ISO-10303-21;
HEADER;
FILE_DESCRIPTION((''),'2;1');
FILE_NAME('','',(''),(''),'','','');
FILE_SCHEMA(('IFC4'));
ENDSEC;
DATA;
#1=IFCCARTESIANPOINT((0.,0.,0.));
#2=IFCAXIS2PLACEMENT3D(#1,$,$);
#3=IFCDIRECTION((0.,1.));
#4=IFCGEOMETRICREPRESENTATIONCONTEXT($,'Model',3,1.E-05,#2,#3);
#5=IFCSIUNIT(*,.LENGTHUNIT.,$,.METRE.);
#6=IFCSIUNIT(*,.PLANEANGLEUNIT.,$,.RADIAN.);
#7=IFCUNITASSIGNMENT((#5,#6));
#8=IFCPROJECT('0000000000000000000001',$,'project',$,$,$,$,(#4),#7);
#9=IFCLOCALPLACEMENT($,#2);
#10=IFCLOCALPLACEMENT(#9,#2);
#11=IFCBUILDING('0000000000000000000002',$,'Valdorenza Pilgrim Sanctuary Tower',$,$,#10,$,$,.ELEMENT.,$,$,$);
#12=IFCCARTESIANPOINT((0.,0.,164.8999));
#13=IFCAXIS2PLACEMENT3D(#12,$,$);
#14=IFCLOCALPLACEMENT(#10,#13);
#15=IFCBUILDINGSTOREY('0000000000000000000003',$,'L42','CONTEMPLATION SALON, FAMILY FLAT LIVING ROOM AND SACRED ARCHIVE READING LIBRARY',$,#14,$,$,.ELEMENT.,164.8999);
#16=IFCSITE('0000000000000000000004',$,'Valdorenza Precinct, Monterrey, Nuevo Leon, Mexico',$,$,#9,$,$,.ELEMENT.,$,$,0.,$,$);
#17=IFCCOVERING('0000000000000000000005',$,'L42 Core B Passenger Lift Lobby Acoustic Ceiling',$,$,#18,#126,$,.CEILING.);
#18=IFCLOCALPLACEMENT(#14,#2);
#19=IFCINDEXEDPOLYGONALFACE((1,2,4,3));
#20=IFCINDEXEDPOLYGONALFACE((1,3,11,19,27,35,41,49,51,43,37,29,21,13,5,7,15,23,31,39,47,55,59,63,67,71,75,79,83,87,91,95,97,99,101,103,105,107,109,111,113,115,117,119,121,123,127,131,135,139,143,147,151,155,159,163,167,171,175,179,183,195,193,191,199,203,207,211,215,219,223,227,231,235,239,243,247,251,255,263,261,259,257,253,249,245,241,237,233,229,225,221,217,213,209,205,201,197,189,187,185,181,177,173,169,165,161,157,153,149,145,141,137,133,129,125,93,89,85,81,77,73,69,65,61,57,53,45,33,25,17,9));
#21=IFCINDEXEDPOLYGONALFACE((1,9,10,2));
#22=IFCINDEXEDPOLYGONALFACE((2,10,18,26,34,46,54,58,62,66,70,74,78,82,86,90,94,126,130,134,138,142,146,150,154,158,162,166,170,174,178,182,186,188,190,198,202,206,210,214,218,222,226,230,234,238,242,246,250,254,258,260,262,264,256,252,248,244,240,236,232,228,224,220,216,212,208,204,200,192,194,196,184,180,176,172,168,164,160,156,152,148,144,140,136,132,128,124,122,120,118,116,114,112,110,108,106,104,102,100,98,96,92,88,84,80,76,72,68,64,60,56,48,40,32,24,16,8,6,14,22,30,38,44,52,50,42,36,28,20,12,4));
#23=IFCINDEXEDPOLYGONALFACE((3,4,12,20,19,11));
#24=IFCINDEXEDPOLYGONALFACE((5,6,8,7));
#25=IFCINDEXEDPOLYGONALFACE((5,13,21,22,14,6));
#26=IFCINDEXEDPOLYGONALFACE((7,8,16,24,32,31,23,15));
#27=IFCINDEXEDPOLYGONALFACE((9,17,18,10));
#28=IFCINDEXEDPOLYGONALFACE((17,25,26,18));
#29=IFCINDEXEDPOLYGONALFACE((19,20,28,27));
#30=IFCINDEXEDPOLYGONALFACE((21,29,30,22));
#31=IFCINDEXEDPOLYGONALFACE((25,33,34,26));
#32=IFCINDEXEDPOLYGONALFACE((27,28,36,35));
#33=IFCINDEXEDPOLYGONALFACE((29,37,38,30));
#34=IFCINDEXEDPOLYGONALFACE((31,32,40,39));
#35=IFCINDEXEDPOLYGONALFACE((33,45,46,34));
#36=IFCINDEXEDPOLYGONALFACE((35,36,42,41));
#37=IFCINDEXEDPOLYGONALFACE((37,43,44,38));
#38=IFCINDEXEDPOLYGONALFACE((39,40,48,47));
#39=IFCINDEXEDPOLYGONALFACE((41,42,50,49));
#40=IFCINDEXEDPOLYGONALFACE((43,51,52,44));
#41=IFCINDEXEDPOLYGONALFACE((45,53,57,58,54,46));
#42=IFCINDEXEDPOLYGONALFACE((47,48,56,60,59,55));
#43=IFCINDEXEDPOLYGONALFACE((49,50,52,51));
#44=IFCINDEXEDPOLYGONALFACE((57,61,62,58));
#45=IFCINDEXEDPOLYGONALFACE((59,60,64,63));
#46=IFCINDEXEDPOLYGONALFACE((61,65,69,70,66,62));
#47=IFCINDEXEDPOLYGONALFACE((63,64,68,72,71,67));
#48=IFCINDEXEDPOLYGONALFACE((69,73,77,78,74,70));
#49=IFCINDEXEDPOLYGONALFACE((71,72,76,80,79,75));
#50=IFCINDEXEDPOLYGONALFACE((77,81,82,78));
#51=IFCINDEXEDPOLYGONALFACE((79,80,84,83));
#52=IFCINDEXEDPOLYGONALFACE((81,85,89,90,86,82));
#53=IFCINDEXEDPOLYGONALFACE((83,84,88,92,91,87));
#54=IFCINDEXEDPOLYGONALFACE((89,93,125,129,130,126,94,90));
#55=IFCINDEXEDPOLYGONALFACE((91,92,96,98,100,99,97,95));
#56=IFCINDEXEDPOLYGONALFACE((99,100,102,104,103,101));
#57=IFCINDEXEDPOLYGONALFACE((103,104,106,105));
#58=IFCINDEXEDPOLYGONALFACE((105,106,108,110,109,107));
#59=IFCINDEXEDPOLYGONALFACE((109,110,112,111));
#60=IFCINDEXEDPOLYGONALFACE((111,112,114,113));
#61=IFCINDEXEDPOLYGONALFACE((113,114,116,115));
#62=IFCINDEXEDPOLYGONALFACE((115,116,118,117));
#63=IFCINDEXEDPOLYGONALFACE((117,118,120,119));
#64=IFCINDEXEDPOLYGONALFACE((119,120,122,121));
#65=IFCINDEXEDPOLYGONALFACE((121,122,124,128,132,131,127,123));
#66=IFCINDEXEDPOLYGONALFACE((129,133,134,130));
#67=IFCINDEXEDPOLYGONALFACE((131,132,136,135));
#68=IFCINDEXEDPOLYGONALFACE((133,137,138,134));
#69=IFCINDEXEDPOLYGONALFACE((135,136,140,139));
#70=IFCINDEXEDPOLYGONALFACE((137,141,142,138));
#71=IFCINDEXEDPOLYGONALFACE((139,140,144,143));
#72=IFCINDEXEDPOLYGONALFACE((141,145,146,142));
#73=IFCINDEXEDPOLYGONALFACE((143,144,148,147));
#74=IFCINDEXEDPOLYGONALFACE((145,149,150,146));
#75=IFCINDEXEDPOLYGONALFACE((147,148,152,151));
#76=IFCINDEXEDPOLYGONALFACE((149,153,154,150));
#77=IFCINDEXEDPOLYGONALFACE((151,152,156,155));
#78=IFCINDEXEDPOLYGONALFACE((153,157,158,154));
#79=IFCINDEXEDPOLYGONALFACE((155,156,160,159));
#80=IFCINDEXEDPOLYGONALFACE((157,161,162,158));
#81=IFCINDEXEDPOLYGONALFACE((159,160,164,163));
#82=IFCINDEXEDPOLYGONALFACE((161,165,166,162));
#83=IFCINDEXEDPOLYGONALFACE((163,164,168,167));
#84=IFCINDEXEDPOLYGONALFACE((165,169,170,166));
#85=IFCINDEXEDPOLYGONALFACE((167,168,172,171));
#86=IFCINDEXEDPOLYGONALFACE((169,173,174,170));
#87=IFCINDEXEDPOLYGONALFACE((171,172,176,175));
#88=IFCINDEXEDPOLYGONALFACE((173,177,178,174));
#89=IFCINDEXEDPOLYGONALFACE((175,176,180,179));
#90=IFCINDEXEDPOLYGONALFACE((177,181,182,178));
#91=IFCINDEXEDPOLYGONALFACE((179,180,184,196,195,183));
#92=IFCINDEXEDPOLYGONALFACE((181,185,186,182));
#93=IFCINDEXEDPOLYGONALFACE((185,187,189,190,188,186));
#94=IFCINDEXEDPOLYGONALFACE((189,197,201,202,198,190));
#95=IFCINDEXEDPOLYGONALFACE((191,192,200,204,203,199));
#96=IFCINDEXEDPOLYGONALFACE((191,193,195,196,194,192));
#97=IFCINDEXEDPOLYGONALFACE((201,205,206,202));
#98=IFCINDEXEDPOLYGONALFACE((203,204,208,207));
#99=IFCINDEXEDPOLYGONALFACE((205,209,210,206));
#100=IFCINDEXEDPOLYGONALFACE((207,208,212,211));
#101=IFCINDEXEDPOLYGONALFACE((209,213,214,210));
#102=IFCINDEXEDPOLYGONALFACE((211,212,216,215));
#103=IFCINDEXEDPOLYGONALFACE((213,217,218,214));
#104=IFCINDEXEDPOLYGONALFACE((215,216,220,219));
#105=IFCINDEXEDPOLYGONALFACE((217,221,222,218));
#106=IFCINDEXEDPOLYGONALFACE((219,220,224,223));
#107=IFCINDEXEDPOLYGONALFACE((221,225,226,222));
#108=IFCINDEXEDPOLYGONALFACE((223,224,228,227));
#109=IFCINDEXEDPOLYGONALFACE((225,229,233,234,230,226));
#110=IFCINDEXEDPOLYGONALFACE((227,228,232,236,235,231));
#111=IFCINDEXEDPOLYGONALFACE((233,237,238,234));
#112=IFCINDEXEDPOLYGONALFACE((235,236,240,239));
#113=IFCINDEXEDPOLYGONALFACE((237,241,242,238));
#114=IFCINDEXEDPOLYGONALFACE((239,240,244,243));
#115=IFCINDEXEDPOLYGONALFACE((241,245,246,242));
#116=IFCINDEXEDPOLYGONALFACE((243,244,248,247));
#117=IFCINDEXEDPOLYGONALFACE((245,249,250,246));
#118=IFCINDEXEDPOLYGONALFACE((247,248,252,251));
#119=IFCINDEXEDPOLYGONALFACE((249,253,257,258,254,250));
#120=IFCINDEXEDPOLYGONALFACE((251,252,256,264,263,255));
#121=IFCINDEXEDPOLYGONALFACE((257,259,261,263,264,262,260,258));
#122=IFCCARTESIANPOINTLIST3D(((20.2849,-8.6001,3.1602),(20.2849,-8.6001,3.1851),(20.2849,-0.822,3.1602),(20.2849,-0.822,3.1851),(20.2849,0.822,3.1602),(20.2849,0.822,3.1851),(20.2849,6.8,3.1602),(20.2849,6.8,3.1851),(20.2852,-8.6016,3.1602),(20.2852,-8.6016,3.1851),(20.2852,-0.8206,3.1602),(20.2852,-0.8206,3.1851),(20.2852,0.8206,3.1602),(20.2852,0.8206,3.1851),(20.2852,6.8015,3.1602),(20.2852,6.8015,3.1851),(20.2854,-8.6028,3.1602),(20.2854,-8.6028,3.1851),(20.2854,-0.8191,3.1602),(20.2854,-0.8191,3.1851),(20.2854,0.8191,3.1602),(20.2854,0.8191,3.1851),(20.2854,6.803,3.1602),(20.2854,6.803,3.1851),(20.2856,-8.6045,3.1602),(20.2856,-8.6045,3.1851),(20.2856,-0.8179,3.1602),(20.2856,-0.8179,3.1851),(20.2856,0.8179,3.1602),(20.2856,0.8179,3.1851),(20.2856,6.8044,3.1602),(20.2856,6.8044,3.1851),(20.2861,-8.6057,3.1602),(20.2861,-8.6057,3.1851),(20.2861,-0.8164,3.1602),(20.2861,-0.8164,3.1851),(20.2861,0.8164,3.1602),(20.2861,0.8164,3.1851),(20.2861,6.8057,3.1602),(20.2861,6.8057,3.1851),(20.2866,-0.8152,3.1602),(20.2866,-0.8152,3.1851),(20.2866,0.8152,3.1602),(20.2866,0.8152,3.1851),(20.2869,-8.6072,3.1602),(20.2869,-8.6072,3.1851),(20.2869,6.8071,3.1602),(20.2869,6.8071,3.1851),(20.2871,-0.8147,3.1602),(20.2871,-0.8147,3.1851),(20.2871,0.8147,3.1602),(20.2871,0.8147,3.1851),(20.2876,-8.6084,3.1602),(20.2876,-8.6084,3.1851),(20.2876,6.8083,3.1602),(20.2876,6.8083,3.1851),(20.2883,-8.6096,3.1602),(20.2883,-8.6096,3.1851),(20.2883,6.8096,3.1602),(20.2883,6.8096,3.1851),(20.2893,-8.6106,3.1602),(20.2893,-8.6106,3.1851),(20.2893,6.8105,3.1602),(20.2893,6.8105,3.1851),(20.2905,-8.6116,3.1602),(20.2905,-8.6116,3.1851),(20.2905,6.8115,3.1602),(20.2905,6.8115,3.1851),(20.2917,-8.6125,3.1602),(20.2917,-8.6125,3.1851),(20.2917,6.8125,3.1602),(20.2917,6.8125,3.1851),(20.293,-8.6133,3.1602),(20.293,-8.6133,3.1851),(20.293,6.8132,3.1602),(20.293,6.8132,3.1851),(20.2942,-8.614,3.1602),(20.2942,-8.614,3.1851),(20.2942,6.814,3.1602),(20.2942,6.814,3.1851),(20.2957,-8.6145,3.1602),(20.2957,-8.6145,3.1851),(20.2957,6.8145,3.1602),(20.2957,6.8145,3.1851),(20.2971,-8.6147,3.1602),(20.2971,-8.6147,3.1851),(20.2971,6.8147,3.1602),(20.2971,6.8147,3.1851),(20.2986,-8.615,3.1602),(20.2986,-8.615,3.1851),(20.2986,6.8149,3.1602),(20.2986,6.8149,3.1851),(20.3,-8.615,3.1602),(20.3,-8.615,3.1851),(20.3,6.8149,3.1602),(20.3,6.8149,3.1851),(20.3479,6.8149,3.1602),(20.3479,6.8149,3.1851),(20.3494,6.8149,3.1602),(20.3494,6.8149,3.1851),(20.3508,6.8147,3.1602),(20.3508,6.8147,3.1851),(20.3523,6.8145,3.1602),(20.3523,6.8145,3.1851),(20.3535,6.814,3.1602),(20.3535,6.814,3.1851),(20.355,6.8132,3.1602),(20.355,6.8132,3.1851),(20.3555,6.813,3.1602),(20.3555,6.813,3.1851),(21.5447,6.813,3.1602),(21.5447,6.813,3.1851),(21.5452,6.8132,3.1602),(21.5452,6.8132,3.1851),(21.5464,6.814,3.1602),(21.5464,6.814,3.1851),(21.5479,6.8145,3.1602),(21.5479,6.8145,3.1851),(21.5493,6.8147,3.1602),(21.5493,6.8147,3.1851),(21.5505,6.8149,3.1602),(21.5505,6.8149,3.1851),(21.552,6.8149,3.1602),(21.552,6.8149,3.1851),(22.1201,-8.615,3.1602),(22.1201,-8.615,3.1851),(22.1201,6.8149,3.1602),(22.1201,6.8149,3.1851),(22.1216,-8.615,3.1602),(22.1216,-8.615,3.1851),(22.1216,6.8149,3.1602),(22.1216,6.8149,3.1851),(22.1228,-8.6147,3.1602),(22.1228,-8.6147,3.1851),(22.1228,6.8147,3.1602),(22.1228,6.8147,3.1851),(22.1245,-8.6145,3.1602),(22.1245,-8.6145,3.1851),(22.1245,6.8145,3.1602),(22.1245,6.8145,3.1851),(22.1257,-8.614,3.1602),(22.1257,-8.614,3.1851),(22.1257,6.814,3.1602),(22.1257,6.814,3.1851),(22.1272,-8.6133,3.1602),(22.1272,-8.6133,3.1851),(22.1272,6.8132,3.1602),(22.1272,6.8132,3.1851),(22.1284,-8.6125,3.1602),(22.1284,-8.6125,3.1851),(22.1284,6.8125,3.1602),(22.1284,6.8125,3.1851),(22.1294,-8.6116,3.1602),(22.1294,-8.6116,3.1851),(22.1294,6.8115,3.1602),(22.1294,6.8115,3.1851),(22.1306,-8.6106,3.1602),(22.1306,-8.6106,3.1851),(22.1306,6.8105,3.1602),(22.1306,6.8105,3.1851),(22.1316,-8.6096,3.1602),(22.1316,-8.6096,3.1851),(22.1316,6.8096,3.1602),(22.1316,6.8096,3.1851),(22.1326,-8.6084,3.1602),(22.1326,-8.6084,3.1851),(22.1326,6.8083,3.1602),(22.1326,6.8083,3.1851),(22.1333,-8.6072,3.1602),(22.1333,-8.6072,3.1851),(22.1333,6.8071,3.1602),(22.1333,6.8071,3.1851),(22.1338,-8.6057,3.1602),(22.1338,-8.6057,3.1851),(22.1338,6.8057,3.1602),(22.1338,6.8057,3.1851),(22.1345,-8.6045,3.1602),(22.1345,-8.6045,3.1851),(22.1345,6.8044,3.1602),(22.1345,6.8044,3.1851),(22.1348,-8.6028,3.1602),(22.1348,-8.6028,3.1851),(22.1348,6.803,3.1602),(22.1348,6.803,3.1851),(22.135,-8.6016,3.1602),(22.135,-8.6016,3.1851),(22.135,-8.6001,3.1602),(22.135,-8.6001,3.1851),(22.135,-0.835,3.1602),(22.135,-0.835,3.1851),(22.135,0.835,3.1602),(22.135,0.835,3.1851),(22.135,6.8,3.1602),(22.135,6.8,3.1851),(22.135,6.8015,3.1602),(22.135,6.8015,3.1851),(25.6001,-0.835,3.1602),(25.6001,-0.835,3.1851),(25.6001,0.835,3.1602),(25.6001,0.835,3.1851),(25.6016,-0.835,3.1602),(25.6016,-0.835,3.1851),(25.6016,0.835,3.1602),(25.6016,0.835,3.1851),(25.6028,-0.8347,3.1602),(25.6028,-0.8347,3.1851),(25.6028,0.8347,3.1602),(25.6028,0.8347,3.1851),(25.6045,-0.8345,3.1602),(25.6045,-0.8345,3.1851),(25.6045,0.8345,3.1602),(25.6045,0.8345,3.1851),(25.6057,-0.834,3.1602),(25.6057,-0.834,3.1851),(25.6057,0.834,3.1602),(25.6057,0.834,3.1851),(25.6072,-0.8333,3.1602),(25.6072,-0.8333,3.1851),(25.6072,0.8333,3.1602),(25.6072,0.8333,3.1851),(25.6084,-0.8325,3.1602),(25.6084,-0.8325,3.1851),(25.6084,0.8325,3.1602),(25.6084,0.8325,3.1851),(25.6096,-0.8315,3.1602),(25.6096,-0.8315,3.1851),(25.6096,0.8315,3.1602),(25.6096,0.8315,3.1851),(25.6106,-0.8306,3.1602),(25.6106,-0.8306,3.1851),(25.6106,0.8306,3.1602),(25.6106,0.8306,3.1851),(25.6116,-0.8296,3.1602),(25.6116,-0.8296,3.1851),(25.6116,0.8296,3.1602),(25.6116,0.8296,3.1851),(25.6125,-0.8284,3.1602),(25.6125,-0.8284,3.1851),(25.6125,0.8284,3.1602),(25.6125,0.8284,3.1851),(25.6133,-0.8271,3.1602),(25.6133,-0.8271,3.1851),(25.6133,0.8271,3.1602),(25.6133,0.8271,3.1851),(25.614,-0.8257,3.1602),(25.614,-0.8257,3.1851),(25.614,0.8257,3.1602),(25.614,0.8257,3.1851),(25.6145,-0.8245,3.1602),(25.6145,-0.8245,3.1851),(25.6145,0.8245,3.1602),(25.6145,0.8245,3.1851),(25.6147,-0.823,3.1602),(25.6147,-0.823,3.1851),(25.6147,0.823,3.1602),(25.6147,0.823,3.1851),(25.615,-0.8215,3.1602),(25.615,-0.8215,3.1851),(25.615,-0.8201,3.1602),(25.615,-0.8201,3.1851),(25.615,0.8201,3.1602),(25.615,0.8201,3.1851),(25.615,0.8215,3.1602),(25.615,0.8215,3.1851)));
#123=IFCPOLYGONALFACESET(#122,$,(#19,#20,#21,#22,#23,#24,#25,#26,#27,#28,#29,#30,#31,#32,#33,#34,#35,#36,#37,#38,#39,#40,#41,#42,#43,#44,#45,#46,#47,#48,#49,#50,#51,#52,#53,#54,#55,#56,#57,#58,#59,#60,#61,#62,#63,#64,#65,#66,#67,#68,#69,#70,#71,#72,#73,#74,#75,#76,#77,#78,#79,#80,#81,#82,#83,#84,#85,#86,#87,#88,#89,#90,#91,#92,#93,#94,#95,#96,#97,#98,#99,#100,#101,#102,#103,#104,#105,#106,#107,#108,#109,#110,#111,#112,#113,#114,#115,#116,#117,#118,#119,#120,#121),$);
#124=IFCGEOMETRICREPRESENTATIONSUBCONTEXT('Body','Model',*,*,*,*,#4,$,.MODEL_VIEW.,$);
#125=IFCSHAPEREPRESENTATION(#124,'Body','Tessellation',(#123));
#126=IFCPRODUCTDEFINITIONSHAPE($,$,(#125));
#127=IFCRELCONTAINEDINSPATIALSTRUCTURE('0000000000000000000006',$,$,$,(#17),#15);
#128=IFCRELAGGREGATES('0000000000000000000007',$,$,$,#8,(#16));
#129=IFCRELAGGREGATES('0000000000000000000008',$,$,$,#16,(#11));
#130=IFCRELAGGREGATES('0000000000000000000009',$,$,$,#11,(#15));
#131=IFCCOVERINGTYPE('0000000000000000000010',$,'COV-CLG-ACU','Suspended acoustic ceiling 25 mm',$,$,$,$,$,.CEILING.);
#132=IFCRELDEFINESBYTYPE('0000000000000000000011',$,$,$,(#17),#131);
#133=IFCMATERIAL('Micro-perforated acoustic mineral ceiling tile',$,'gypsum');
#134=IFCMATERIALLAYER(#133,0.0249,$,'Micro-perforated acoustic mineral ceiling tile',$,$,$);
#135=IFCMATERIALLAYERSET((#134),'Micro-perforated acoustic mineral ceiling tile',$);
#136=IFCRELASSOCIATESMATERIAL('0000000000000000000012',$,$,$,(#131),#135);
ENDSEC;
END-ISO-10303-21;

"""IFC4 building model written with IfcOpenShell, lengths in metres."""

from ifc_helpers import new_model, si_unit, direction, frame, origin, place, context, subcontext, project, spatial, polyline, outline, extrude, material, layer, layer_set, type_object, element, save


model = new_model("IFC4")

# Units and contexts
model_context = context("Model", 3, precision=1e-05, world=origin(), true_north=direction((0.0, 1.0)))
body_context = subcontext(model_context, "Body", "Model", "MODEL_VIEW")
ifc_project = project(units=[si_unit("LENGTHUNIT", "METRE"), si_unit("PLANEANGLEUNIT", "RADIAN")], contexts=[model_context])

# Site, building, storey
site_placement = place(None, origin())
site = spatial("IfcSite", under=ifc_project, at=site_placement, Name="Valdorenza Precinct, Monterrey, Nuevo Leon, Mexico", CompositionType="ELEMENT", RefElevation=0.0)
building_placement = place(site_placement, origin())
building = spatial("IfcBuilding", under=site, at=building_placement, Name="Valdorenza Pilgrim Sanctuary Tower", CompositionType="ELEMENT")
storey_placement = place(building_placement, frame((0.0, 0.0, 164.8999)))
storey = spatial("IfcBuildingStorey", under=building, at=storey_placement, Name="L42", Description="CONTEMPLATION SALON, FAMILY FLAT LIVING ROOM AND SACRED ARCHIVE READING LIBRARY", CompositionType="ELEMENT", Elevation=164.8999)

# Covering
ifc_material_1 = material(Name="Micro-perforated acoustic mineral ceiling tile", Category="gypsum")
ifc_layer_1 = layer(ifc_material_1, 0.0249, Name="Micro-perforated acoustic mineral ceiling tile")
ifc_layer_set_1 = layer_set([ifc_layer_1], Name="Micro-perforated acoustic mineral ceiling tile")
covering_type_1 = type_object("IfcCoveringType", Name="COV-CLG-ACU", Description="Suspended acoustic ceiling 25 mm", PredefinedType="CEILING", material=ifc_layer_set_1)
covering_1_placement = place(storey_placement, frame((0.0, 0.0, 3.1602)))
element("IfcCovering", 1, at=covering_1_placement, inside=storey, type_object=covering_type_1, Name="L42 Core B Passenger Lift Lobby Acoustic Ceiling", PredefinedType="CEILING", context=body_context, shape_type="SweptSolid", body=[
    extrude(outline(polyline([(20.2871, -0.8147), (20.2871, 0.8147), (20.2866, 0.8152), (20.2861, 0.8164), (20.2856, 0.8179), (20.2854, 0.8191), (20.2852, 0.8206), (20.2849, 0.822), (20.2849, 6.8), (20.2852, 6.8015), (20.2854, 6.803), (20.2856, 6.8044), (20.2861, 6.8057), (20.2869, 6.8071), (20.2876, 6.8083), (20.2883, 6.8096), (20.2893, 6.8105), (20.2905, 6.8115), (20.2917, 6.8125), (20.293, 6.8132), (20.2942, 6.814), (20.2957, 6.8145), (20.2971, 6.8147), (20.2986, 6.8149), (20.3, 6.8149), (20.3479, 6.8149), (20.3494, 6.8149), (20.3508, 6.8147), (20.3523, 6.8145), (20.3535, 6.814), (20.355, 6.8132), (20.3555, 6.813), (21.5447, 6.813), (21.5452, 6.8132), (21.5464, 6.814), (21.5479, 6.8145), (21.5493, 6.8147), (21.5505, 6.8149), (21.552, 6.8149), (22.1201, 6.8149), (22.1216, 6.8149), (22.1228, 6.8147), (22.1245, 6.8145), (22.1257, 6.814), (22.1272, 6.8132), (22.1284, 6.8125), (22.1294, 6.8115), (22.1306, 6.8105), (22.1316, 6.8096), (22.1326, 6.8083), (22.1333, 6.8071), (22.1338, 6.8057), (22.1345, 6.8044), (22.1348, 6.803), (22.135, 6.8015), (22.135, 6.8), (22.135, 0.835), (25.6001, 0.835), (25.6016, 0.835), (25.6028, 0.8347), (25.6045, 0.8345), (25.6057, 0.834), (25.6072, 0.8333), (25.6084, 0.8325), (25.6096, 0.8315), (25.6106, 0.8306), (25.6116, 0.8296), (25.6125, 0.8284), (25.6133, 0.8271), (25.614, 0.8257), (25.6145, 0.8245), (25.6147, 0.823), (25.615, 0.8215), (25.615, 0.8201), (25.615, -0.8201), (25.615, -0.8215), (25.6147, -0.823), (25.6145, -0.8245), (25.614, -0.8257), (25.6133, -0.8271), (25.6125, -0.8284), (25.6116, -0.8296), (25.6106, -0.8306), (25.6096, -0.8315), (25.6084, -0.8325), (25.6072, -0.8333), (25.6057, -0.834), (25.6045, -0.8345), (25.6028, -0.8347), (25.6016, -0.835), (25.6001, -0.835), (22.135, -0.835), (22.135, -8.6001), (22.135, -8.6016), (22.1348, -8.6028), (22.1345, -8.6045), (22.1338, -8.6057), (22.1333, -8.6072), (22.1326, -8.6084), (22.1316, -8.6096), (22.1306, -8.6106), (22.1294, -8.6116), (22.1284, -8.6125), (22.1272, -8.6133), (22.1257, -8.614), (22.1245, -8.6145), (22.1228, -8.6147), (22.1216, -8.615), (22.1201, -8.615), (20.3, -8.615), (20.2986, -8.615), (20.2971, -8.6147), (20.2957, -8.6145), (20.2942, -8.614), (20.293, -8.6133), (20.2917, -8.6125), (20.2905, -8.6116), (20.2893, -8.6106), (20.2883, -8.6096), (20.2876, -8.6084), (20.2869, -8.6072), (20.2861, -8.6057), (20.2856, -8.6045), (20.2854, -8.6028), (20.2852, -8.6016), (20.2849, -8.6001), (20.2849, -0.822), (20.2852, -0.8206), (20.2854, -0.8191), (20.2856, -0.8179), (20.2861, -0.8164), (20.2866, -0.8152), (20.2871, -0.8147)])), origin(), (0.0, 0.0, 1.0), 0.0249),
])

save(model, "model.ifc")
